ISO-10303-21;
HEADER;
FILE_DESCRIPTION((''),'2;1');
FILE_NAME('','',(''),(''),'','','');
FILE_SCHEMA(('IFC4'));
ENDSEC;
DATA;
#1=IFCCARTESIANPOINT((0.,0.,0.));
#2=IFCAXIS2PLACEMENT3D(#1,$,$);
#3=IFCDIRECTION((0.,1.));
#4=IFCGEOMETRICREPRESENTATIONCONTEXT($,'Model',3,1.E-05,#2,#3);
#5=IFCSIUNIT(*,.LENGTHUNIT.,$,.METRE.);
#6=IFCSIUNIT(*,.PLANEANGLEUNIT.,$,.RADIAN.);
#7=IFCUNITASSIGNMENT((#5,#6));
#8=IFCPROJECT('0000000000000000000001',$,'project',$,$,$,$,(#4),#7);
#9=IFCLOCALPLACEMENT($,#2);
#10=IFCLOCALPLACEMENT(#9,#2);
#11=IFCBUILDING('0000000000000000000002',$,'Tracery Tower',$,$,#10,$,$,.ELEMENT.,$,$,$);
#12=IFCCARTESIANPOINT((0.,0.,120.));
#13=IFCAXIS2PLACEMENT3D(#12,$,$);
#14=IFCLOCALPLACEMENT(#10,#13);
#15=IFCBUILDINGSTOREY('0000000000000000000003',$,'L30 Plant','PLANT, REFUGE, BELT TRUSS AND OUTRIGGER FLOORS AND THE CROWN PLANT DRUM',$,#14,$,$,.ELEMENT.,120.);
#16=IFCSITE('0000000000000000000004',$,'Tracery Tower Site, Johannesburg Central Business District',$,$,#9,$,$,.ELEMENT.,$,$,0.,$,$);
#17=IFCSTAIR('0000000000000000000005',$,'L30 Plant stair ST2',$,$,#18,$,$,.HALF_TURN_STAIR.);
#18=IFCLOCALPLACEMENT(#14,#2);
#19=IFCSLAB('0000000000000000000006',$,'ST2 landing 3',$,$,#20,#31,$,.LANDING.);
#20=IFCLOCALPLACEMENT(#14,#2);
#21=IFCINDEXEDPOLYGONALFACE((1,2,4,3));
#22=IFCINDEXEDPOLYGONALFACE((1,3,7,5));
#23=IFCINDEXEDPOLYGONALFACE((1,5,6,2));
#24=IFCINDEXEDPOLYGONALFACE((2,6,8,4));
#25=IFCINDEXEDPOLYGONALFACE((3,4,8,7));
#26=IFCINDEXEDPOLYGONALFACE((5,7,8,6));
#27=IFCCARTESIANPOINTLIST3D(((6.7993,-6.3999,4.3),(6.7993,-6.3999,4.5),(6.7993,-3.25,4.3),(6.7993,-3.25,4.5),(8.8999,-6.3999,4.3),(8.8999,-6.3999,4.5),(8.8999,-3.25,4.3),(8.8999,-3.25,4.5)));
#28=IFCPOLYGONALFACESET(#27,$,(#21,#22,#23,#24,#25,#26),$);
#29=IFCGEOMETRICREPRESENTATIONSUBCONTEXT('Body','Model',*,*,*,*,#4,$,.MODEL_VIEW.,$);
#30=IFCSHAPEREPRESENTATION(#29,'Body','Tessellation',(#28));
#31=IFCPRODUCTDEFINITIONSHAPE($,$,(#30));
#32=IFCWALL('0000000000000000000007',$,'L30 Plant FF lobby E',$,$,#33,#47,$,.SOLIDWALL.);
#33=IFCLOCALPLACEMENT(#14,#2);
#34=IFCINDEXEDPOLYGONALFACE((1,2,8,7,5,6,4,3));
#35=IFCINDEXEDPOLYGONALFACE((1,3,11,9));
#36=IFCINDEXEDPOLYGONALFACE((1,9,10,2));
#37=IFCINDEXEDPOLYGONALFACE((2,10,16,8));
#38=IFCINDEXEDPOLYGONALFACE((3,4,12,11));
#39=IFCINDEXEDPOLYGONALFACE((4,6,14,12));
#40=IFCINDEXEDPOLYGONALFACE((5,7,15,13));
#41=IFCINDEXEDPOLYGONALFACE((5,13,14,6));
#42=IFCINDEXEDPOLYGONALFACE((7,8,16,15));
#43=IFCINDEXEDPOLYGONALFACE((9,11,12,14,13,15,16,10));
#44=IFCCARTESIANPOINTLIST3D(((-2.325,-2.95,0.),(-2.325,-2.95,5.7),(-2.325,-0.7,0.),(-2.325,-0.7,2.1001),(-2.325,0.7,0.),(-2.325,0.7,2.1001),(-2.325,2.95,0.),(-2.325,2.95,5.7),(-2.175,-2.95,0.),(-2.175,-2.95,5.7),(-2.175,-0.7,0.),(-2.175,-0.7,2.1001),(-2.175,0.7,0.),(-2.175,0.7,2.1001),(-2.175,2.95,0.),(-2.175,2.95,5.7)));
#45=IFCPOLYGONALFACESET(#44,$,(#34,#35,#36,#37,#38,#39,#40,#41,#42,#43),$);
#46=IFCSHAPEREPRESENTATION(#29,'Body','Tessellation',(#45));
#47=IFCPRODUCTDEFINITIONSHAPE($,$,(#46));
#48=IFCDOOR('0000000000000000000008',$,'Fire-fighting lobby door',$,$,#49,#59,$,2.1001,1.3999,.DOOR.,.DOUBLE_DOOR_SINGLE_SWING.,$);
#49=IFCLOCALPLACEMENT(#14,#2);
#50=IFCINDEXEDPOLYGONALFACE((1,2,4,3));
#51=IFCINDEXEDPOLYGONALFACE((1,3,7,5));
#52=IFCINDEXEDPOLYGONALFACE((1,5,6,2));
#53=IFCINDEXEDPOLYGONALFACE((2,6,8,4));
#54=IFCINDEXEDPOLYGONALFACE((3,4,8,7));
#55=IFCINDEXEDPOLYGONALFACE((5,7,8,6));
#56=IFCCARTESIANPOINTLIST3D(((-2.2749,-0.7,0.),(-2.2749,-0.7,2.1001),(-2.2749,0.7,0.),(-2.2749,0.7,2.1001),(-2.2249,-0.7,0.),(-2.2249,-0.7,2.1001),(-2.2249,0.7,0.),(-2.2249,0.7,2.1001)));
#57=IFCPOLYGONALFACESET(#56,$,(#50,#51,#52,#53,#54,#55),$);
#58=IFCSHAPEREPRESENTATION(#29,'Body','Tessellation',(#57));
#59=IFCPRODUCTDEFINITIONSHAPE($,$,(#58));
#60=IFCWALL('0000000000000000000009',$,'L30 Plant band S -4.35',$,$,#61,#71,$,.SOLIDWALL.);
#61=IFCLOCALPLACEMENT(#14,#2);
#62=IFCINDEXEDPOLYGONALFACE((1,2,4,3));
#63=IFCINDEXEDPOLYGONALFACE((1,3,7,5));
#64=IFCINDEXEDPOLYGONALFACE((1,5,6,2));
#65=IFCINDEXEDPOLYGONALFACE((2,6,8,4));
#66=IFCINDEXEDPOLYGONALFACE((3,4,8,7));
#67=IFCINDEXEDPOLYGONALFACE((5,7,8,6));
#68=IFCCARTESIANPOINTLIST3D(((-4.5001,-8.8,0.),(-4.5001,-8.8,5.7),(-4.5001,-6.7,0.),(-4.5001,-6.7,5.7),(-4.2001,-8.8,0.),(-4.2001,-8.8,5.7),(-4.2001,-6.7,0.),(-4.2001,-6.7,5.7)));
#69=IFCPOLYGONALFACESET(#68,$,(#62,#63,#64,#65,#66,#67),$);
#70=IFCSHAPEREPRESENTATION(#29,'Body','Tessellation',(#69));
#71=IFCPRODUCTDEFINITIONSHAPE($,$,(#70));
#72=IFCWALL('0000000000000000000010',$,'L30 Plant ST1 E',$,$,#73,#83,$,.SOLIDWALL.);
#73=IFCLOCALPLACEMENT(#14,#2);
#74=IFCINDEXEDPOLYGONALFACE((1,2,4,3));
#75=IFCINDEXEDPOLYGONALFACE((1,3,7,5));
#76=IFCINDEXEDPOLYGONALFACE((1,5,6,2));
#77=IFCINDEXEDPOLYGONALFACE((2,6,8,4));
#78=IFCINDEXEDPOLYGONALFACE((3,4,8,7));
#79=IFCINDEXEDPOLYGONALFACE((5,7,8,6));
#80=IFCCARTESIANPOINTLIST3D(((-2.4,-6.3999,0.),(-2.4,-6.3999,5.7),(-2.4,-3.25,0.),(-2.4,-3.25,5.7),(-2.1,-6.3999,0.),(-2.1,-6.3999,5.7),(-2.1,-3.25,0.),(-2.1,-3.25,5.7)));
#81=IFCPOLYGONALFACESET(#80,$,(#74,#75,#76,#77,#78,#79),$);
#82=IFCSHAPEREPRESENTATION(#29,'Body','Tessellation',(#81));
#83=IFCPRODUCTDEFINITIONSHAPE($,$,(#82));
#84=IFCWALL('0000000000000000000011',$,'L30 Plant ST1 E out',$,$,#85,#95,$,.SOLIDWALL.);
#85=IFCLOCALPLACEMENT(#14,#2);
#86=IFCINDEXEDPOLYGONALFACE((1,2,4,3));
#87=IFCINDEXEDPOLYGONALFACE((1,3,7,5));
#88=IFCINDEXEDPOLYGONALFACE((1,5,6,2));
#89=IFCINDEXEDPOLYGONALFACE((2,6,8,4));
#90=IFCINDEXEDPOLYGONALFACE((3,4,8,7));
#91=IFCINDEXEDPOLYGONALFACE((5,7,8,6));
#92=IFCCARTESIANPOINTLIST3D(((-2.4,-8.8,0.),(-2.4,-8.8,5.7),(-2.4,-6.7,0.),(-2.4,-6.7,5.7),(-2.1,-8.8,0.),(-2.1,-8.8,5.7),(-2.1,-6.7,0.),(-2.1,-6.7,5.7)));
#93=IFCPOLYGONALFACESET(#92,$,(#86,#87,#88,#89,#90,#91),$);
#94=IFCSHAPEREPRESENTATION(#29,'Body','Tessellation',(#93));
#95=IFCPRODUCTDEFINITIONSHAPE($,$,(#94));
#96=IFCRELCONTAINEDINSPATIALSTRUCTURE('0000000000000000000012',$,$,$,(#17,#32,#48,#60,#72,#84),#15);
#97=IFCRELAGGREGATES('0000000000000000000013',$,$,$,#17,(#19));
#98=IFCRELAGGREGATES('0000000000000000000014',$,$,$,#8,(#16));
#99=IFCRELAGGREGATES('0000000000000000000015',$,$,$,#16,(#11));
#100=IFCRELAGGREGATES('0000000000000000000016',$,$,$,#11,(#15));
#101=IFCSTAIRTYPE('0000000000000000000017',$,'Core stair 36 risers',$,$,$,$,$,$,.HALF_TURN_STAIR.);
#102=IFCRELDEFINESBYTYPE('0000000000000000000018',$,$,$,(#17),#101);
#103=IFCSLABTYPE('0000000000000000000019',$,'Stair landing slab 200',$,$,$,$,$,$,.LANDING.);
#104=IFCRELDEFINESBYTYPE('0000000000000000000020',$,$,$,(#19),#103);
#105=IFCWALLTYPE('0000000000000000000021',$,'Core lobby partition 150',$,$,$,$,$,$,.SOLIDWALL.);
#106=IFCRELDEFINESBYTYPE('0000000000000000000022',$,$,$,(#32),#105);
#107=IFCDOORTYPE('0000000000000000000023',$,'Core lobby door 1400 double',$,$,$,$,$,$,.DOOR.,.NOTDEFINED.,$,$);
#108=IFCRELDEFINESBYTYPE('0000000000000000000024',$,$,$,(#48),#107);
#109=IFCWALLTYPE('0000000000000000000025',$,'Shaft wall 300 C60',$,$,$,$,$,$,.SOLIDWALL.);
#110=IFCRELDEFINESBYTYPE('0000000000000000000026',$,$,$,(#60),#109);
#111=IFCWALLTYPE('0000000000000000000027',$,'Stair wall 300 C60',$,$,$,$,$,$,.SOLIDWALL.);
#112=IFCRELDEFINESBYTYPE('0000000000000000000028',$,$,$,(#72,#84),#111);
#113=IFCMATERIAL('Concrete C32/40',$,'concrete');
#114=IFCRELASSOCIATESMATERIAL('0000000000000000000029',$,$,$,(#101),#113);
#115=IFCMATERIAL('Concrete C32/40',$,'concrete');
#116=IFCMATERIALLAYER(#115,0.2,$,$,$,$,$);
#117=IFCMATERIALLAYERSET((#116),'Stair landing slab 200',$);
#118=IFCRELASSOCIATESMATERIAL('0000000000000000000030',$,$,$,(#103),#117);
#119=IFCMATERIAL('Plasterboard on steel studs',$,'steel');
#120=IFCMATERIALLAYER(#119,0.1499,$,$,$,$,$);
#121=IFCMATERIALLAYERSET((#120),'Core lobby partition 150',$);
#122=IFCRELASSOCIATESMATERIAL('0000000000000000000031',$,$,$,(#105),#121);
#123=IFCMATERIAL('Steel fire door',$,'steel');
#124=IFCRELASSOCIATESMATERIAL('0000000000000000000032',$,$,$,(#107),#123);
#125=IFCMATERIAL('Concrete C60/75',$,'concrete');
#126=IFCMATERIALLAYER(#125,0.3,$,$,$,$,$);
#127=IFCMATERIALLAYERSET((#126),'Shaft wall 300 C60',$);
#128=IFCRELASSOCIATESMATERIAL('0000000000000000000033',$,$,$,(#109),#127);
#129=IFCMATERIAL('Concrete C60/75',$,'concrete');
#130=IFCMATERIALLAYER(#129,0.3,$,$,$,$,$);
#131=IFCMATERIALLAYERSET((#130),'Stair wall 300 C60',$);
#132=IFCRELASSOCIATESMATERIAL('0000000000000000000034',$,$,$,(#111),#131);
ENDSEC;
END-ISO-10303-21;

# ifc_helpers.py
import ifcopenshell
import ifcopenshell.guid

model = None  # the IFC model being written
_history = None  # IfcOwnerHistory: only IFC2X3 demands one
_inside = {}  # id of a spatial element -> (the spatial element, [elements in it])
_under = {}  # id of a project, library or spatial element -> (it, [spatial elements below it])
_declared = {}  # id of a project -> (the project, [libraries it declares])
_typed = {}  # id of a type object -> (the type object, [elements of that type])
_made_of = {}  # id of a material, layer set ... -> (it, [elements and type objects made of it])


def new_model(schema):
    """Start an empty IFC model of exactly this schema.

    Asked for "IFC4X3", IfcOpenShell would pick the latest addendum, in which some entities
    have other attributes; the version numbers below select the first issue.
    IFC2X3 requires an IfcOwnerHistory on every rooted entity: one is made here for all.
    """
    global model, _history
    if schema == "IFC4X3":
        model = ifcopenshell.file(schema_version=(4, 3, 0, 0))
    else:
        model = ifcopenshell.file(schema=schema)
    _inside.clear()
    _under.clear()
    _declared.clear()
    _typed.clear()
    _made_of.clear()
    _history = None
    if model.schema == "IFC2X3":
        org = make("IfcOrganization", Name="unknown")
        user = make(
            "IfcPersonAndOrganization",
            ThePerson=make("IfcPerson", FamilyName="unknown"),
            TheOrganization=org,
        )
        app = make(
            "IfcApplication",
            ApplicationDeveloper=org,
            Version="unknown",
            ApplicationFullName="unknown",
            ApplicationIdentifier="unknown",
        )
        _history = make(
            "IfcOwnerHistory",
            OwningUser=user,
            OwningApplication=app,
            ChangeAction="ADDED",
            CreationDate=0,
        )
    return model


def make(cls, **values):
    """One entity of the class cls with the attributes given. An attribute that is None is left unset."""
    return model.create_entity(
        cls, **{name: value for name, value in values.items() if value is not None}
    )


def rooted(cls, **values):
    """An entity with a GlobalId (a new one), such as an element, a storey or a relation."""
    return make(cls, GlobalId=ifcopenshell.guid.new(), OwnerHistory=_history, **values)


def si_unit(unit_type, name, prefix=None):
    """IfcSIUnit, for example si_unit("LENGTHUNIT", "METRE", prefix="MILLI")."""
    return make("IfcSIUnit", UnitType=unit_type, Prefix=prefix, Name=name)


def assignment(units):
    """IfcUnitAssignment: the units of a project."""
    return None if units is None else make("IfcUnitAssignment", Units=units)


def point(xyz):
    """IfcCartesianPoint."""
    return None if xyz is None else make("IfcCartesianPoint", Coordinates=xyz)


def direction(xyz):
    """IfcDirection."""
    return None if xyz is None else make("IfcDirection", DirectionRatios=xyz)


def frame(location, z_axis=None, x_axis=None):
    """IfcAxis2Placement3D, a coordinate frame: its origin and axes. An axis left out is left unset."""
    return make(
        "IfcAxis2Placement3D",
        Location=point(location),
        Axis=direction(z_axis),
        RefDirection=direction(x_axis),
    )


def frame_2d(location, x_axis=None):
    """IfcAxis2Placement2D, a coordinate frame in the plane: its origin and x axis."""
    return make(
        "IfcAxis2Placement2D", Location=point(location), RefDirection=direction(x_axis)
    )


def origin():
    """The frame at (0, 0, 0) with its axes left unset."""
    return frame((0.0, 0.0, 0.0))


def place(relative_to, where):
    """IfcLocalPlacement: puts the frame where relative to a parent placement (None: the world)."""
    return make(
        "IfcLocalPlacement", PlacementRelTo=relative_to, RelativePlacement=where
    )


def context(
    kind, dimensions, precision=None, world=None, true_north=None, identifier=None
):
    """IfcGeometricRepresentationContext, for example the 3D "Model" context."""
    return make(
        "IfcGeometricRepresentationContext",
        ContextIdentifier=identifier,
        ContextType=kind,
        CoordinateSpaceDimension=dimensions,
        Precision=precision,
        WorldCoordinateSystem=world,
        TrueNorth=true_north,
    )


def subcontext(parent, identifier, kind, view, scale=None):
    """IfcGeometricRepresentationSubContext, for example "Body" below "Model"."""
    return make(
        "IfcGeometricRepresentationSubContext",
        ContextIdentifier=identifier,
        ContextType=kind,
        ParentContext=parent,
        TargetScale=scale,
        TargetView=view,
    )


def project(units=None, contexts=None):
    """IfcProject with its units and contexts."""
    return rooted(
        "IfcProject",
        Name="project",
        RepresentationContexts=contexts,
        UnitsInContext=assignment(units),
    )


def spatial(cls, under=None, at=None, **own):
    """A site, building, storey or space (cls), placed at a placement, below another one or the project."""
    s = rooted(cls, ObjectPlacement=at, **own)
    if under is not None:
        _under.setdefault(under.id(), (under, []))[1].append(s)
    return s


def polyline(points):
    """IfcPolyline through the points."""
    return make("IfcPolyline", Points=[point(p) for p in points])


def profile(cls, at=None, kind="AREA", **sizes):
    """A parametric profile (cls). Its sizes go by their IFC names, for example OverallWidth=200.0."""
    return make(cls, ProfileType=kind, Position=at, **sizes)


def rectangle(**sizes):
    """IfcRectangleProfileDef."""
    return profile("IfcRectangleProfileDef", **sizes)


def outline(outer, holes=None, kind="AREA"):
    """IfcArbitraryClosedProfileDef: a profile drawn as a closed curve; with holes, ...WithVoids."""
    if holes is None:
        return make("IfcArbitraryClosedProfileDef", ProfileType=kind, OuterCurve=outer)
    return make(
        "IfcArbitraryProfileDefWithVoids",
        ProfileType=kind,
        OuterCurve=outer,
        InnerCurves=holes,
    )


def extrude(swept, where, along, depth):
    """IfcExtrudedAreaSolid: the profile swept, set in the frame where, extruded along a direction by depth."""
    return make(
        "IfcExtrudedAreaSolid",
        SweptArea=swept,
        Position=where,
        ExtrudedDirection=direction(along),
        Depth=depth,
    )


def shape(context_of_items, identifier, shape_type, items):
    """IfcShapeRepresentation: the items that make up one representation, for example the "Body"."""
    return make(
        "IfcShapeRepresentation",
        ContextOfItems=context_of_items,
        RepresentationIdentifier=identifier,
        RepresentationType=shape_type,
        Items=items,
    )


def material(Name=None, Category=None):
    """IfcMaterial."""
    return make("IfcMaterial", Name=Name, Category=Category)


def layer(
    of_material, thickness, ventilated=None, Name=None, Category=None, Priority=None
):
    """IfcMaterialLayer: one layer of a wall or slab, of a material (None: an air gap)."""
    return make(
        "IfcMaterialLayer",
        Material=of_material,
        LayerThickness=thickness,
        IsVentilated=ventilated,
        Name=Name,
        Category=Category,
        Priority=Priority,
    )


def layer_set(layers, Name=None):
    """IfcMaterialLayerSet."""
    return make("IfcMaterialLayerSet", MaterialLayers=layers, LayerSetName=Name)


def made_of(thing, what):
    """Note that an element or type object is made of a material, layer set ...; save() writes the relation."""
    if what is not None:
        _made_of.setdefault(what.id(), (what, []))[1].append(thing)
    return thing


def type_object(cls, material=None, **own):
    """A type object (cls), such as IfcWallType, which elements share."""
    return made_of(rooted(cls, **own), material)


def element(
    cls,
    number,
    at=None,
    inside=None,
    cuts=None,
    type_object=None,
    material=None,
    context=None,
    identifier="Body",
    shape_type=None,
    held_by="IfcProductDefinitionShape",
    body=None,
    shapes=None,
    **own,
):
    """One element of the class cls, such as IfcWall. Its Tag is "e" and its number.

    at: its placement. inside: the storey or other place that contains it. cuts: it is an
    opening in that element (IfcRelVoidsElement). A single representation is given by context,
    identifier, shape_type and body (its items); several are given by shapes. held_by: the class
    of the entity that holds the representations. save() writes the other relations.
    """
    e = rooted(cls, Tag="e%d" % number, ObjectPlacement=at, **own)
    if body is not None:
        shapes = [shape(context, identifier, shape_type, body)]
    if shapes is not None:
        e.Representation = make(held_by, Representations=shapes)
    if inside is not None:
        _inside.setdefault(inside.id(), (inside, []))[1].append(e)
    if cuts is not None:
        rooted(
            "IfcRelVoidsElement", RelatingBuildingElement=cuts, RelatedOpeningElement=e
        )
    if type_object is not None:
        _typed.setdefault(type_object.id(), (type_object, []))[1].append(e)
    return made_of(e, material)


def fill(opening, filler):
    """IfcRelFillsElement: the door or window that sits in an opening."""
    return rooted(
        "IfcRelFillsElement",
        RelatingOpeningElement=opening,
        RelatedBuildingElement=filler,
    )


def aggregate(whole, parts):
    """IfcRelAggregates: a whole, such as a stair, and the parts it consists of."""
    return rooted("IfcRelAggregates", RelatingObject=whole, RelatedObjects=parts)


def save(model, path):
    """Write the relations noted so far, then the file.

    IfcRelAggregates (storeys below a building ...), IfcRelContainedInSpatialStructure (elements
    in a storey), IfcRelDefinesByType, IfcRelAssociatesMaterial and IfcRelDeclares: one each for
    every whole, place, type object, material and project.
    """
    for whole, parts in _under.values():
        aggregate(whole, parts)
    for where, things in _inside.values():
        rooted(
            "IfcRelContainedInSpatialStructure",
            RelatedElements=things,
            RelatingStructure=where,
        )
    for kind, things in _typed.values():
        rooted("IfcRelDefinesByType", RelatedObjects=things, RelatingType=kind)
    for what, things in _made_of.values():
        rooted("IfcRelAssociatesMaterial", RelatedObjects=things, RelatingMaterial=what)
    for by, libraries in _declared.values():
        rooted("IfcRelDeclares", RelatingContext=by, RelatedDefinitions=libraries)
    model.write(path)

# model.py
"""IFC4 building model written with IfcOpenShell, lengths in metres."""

from ifc_helpers import new_model, si_unit, direction, frame, frame_2d, origin, place, context, subcontext, project, spatial, polyline, rectangle, outline, extrude, material, layer, layer_set, type_object, element, fill, aggregate, save


model = new_model("IFC4")

# Units and contexts
model_context = context("Model", 3, precision=1e-05, world=origin(), true_north=direction((0.0, 1.0)))
body_context = subcontext(model_context, "Body", "Model", "MODEL_VIEW")
ifc_project = project(units=[si_unit("LENGTHUNIT", "METRE"), si_unit("PLANEANGLEUNIT", "RADIAN")], contexts=[model_context])

# Site, building, storey
site_placement = place(None, origin())
site = spatial("IfcSite", under=ifc_project, at=site_placement, Name="Tracery Tower Site, Johannesburg Central Business District", CompositionType="ELEMENT", RefElevation=0.0)
building_placement = place(site_placement, origin())
building = spatial("IfcBuilding", under=site, at=building_placement, Name="Tracery Tower", CompositionType="ELEMENT")
storey_placement = place(building_placement, frame((0.0, 0.0, 120.0)))
storey = spatial("IfcBuildingStorey", under=building, at=storey_placement, Name="L30 Plant", Description="PLANT, REFUGE, BELT TRUSS AND OUTRIGGER FLOORS AND THE CROWN PLANT DRUM", CompositionType="ELEMENT", Elevation=120.0)

# Stair, slab
ifc_material_1 = material(Name="Concrete C32/40", Category="concrete")
stair_type = type_object("IfcStairType", Name="Core stair 36 risers", PredefinedType="HALF_TURN_STAIR", material=ifc_material_1)
ifc_material_2 = material(Name="Concrete C32/40", Category="concrete")
ifc_layer_1 = layer(ifc_material_2, 0.2)
ifc_layer_set_1 = layer_set([ifc_layer_1], Name="Stair landing slab 200")
slab_type_1 = type_object("IfcSlabType", Name="Stair landing slab 200", PredefinedType="LANDING", material=ifc_layer_set_1)
stair_1_placement = place(storey_placement, origin())
stair_1 = element("IfcStair", 1, at=stair_1_placement, inside=storey, type_object=stair_type, Name="L30 Plant stair ST2", PredefinedType="HALF_TURN_STAIR")
slab_1_placement = place(storey_placement, frame((0.0, 0.0, 4.3)))
slab_1 = element("IfcSlab", 2, at=slab_1_placement, type_object=slab_type_1, Name="ST2 landing 3", PredefinedType="LANDING", context=body_context, shape_type="SweptSolid", body=[
    extrude(outline(polyline([(6.7993, -6.3999), (8.8999, -6.3999), (8.8999, -3.25), (6.7993, -3.25), (6.7993, -6.3999)])), origin(), (0.0, 0.0, 1.0), 0.2),
])
aggregate(stair_1, [slab_1])

# Wall, opening, door
ifc_material_3 = material(Name="Plasterboard on steel studs", Category="steel")
ifc_layer_2 = layer(ifc_material_3, 0.1499)
ifc_layer_set_2 = layer_set([ifc_layer_2], Name="Core lobby partition 150")
wall_type_1 = type_object("IfcWallType", Name="Core lobby partition 150", PredefinedType="SOLIDWALL", material=ifc_layer_set_2)
wall_1_placement = place(storey_placement, frame((-2.25, -2.95, 0.0), z_axis=(0.0, 0.0, 1.0), x_axis=(0.0, 1.0, 0.0)))
wall_1 = element("IfcWall", 3, at=wall_1_placement, inside=storey, type_object=wall_type_1, Name="L30 Plant FF lobby E", PredefinedType="SOLIDWALL", context=body_context, shape_type="SweptSolid", body=[
    extrude(rectangle(XDim=5.8999, YDim=0.1499, at=frame_2d((2.95, 0.0))), origin(), (0.0, 0.0, 1.0), 5.7),
])
opening_placement = place(wall_1_placement, frame((2.25, 0.0, 0.0)))
opening = element("IfcOpeningElement", 4, at=opening_placement, cuts=wall_1, PredefinedType="OPENING", context=body_context, shape_type="SweptSolid", body=[
    extrude(rectangle(XDim=1.3999, YDim=2.1001, at=frame_2d((0.7, 1.05))), frame((0.0, 0.075, 0.0), z_axis=(0.0, -1.0, 0.0), x_axis=(1.0, 0.0, 0.0)), (0.0, 0.0, 1.0), 0.1499),
])
ifc_material_4 = material(Name="Steel fire door", Category="steel")
door_type = type_object("IfcDoorType", Name="Core lobby door 1400 double", OperationType="NOTDEFINED", PredefinedType="DOOR", material=ifc_material_4)
door_placement = place(opening_placement, origin())
door = element("IfcDoor", 5, at=door_placement, inside=storey, type_object=door_type, Name="Fire-fighting lobby door", OperationType="DOUBLE_DOOR_SINGLE_SWING", OverallHeight=2.1001, OverallWidth=1.3999, PredefinedType="DOOR", context=body_context, shape_type="SweptSolid", body=[
    extrude(rectangle(XDim=1.3999, YDim=2.1001, at=frame_2d((0.7, 1.05))), frame((0.0, 0.0249, 0.0), z_axis=(0.0, -1.0, 0.0), x_axis=(1.0, 0.0, 0.0)), (0.0, 0.0, 1.0), 0.05),
])
fill(opening, door)

# Walls
ifc_material_5 = material(Name="Concrete C60/75", Category="concrete")
ifc_layer_3 = layer(ifc_material_5, 0.3)
ifc_layer_set_3 = layer_set([ifc_layer_3], Name="Shaft wall 300 C60")
wall_type_2 = type_object("IfcWallType", Name="Shaft wall 300 C60", PredefinedType="SOLIDWALL", material=ifc_layer_set_3)
wall_2_placement = place(storey_placement, frame((-4.3501, -8.8, 0.0), z_axis=(0.0, 0.0, 1.0), x_axis=(0.0, 1.0, 0.0)))
element("IfcWall", 6, at=wall_2_placement, inside=storey, type_object=wall_type_2, Name="L30 Plant band S -4.35", PredefinedType="SOLIDWALL", context=body_context, shape_type="SweptSolid", body=[
    extrude(rectangle(XDim=2.1001, YDim=0.3, at=frame_2d((1.05, 0.0))), origin(), (0.0, 0.0, 1.0), 5.7),
])
ifc_material_6 = material(Name="Concrete C60/75", Category="concrete")
ifc_layer_4 = layer(ifc_material_6, 0.3)
ifc_layer_set_4 = layer_set([ifc_layer_4], Name="Stair wall 300 C60")
wall_type_3 = type_object("IfcWallType", Name="Stair wall 300 C60", PredefinedType="SOLIDWALL", material=ifc_layer_set_4)
wall_3_placement = place(storey_placement, frame((-2.25, -6.3999, 0.0), z_axis=(0.0, 0.0, 1.0), x_axis=(0.0, 1.0, 0.0)))
element("IfcWall", 7, at=wall_3_placement, inside=storey, type_object=wall_type_3, Name="L30 Plant ST1 E", PredefinedType="SOLIDWALL", context=body_context, shape_type="SweptSolid", body=[
    extrude(rectangle(XDim=3.1499, YDim=0.3, at=frame_2d((1.575, 0.0))), origin(), (0.0, 0.0, 1.0), 5.7),
])
wall_4_placement = place(storey_placement, frame((-2.25, -8.8, 0.0), z_axis=(0.0, 0.0, 1.0), x_axis=(0.0, 1.0, 0.0)))
element("IfcWall", 8, at=wall_4_placement, inside=storey, type_object=wall_type_3, Name="L30 Plant ST1 E out", PredefinedType="SOLIDWALL", context=body_context, shape_type="SweptSolid", body=[
    extrude(rectangle(XDim=2.1001, YDim=0.3, at=frame_2d((1.05, 0.0))), origin(), (0.0, 0.0, 1.0), 5.7),
])

save(model, "model.ifc")
